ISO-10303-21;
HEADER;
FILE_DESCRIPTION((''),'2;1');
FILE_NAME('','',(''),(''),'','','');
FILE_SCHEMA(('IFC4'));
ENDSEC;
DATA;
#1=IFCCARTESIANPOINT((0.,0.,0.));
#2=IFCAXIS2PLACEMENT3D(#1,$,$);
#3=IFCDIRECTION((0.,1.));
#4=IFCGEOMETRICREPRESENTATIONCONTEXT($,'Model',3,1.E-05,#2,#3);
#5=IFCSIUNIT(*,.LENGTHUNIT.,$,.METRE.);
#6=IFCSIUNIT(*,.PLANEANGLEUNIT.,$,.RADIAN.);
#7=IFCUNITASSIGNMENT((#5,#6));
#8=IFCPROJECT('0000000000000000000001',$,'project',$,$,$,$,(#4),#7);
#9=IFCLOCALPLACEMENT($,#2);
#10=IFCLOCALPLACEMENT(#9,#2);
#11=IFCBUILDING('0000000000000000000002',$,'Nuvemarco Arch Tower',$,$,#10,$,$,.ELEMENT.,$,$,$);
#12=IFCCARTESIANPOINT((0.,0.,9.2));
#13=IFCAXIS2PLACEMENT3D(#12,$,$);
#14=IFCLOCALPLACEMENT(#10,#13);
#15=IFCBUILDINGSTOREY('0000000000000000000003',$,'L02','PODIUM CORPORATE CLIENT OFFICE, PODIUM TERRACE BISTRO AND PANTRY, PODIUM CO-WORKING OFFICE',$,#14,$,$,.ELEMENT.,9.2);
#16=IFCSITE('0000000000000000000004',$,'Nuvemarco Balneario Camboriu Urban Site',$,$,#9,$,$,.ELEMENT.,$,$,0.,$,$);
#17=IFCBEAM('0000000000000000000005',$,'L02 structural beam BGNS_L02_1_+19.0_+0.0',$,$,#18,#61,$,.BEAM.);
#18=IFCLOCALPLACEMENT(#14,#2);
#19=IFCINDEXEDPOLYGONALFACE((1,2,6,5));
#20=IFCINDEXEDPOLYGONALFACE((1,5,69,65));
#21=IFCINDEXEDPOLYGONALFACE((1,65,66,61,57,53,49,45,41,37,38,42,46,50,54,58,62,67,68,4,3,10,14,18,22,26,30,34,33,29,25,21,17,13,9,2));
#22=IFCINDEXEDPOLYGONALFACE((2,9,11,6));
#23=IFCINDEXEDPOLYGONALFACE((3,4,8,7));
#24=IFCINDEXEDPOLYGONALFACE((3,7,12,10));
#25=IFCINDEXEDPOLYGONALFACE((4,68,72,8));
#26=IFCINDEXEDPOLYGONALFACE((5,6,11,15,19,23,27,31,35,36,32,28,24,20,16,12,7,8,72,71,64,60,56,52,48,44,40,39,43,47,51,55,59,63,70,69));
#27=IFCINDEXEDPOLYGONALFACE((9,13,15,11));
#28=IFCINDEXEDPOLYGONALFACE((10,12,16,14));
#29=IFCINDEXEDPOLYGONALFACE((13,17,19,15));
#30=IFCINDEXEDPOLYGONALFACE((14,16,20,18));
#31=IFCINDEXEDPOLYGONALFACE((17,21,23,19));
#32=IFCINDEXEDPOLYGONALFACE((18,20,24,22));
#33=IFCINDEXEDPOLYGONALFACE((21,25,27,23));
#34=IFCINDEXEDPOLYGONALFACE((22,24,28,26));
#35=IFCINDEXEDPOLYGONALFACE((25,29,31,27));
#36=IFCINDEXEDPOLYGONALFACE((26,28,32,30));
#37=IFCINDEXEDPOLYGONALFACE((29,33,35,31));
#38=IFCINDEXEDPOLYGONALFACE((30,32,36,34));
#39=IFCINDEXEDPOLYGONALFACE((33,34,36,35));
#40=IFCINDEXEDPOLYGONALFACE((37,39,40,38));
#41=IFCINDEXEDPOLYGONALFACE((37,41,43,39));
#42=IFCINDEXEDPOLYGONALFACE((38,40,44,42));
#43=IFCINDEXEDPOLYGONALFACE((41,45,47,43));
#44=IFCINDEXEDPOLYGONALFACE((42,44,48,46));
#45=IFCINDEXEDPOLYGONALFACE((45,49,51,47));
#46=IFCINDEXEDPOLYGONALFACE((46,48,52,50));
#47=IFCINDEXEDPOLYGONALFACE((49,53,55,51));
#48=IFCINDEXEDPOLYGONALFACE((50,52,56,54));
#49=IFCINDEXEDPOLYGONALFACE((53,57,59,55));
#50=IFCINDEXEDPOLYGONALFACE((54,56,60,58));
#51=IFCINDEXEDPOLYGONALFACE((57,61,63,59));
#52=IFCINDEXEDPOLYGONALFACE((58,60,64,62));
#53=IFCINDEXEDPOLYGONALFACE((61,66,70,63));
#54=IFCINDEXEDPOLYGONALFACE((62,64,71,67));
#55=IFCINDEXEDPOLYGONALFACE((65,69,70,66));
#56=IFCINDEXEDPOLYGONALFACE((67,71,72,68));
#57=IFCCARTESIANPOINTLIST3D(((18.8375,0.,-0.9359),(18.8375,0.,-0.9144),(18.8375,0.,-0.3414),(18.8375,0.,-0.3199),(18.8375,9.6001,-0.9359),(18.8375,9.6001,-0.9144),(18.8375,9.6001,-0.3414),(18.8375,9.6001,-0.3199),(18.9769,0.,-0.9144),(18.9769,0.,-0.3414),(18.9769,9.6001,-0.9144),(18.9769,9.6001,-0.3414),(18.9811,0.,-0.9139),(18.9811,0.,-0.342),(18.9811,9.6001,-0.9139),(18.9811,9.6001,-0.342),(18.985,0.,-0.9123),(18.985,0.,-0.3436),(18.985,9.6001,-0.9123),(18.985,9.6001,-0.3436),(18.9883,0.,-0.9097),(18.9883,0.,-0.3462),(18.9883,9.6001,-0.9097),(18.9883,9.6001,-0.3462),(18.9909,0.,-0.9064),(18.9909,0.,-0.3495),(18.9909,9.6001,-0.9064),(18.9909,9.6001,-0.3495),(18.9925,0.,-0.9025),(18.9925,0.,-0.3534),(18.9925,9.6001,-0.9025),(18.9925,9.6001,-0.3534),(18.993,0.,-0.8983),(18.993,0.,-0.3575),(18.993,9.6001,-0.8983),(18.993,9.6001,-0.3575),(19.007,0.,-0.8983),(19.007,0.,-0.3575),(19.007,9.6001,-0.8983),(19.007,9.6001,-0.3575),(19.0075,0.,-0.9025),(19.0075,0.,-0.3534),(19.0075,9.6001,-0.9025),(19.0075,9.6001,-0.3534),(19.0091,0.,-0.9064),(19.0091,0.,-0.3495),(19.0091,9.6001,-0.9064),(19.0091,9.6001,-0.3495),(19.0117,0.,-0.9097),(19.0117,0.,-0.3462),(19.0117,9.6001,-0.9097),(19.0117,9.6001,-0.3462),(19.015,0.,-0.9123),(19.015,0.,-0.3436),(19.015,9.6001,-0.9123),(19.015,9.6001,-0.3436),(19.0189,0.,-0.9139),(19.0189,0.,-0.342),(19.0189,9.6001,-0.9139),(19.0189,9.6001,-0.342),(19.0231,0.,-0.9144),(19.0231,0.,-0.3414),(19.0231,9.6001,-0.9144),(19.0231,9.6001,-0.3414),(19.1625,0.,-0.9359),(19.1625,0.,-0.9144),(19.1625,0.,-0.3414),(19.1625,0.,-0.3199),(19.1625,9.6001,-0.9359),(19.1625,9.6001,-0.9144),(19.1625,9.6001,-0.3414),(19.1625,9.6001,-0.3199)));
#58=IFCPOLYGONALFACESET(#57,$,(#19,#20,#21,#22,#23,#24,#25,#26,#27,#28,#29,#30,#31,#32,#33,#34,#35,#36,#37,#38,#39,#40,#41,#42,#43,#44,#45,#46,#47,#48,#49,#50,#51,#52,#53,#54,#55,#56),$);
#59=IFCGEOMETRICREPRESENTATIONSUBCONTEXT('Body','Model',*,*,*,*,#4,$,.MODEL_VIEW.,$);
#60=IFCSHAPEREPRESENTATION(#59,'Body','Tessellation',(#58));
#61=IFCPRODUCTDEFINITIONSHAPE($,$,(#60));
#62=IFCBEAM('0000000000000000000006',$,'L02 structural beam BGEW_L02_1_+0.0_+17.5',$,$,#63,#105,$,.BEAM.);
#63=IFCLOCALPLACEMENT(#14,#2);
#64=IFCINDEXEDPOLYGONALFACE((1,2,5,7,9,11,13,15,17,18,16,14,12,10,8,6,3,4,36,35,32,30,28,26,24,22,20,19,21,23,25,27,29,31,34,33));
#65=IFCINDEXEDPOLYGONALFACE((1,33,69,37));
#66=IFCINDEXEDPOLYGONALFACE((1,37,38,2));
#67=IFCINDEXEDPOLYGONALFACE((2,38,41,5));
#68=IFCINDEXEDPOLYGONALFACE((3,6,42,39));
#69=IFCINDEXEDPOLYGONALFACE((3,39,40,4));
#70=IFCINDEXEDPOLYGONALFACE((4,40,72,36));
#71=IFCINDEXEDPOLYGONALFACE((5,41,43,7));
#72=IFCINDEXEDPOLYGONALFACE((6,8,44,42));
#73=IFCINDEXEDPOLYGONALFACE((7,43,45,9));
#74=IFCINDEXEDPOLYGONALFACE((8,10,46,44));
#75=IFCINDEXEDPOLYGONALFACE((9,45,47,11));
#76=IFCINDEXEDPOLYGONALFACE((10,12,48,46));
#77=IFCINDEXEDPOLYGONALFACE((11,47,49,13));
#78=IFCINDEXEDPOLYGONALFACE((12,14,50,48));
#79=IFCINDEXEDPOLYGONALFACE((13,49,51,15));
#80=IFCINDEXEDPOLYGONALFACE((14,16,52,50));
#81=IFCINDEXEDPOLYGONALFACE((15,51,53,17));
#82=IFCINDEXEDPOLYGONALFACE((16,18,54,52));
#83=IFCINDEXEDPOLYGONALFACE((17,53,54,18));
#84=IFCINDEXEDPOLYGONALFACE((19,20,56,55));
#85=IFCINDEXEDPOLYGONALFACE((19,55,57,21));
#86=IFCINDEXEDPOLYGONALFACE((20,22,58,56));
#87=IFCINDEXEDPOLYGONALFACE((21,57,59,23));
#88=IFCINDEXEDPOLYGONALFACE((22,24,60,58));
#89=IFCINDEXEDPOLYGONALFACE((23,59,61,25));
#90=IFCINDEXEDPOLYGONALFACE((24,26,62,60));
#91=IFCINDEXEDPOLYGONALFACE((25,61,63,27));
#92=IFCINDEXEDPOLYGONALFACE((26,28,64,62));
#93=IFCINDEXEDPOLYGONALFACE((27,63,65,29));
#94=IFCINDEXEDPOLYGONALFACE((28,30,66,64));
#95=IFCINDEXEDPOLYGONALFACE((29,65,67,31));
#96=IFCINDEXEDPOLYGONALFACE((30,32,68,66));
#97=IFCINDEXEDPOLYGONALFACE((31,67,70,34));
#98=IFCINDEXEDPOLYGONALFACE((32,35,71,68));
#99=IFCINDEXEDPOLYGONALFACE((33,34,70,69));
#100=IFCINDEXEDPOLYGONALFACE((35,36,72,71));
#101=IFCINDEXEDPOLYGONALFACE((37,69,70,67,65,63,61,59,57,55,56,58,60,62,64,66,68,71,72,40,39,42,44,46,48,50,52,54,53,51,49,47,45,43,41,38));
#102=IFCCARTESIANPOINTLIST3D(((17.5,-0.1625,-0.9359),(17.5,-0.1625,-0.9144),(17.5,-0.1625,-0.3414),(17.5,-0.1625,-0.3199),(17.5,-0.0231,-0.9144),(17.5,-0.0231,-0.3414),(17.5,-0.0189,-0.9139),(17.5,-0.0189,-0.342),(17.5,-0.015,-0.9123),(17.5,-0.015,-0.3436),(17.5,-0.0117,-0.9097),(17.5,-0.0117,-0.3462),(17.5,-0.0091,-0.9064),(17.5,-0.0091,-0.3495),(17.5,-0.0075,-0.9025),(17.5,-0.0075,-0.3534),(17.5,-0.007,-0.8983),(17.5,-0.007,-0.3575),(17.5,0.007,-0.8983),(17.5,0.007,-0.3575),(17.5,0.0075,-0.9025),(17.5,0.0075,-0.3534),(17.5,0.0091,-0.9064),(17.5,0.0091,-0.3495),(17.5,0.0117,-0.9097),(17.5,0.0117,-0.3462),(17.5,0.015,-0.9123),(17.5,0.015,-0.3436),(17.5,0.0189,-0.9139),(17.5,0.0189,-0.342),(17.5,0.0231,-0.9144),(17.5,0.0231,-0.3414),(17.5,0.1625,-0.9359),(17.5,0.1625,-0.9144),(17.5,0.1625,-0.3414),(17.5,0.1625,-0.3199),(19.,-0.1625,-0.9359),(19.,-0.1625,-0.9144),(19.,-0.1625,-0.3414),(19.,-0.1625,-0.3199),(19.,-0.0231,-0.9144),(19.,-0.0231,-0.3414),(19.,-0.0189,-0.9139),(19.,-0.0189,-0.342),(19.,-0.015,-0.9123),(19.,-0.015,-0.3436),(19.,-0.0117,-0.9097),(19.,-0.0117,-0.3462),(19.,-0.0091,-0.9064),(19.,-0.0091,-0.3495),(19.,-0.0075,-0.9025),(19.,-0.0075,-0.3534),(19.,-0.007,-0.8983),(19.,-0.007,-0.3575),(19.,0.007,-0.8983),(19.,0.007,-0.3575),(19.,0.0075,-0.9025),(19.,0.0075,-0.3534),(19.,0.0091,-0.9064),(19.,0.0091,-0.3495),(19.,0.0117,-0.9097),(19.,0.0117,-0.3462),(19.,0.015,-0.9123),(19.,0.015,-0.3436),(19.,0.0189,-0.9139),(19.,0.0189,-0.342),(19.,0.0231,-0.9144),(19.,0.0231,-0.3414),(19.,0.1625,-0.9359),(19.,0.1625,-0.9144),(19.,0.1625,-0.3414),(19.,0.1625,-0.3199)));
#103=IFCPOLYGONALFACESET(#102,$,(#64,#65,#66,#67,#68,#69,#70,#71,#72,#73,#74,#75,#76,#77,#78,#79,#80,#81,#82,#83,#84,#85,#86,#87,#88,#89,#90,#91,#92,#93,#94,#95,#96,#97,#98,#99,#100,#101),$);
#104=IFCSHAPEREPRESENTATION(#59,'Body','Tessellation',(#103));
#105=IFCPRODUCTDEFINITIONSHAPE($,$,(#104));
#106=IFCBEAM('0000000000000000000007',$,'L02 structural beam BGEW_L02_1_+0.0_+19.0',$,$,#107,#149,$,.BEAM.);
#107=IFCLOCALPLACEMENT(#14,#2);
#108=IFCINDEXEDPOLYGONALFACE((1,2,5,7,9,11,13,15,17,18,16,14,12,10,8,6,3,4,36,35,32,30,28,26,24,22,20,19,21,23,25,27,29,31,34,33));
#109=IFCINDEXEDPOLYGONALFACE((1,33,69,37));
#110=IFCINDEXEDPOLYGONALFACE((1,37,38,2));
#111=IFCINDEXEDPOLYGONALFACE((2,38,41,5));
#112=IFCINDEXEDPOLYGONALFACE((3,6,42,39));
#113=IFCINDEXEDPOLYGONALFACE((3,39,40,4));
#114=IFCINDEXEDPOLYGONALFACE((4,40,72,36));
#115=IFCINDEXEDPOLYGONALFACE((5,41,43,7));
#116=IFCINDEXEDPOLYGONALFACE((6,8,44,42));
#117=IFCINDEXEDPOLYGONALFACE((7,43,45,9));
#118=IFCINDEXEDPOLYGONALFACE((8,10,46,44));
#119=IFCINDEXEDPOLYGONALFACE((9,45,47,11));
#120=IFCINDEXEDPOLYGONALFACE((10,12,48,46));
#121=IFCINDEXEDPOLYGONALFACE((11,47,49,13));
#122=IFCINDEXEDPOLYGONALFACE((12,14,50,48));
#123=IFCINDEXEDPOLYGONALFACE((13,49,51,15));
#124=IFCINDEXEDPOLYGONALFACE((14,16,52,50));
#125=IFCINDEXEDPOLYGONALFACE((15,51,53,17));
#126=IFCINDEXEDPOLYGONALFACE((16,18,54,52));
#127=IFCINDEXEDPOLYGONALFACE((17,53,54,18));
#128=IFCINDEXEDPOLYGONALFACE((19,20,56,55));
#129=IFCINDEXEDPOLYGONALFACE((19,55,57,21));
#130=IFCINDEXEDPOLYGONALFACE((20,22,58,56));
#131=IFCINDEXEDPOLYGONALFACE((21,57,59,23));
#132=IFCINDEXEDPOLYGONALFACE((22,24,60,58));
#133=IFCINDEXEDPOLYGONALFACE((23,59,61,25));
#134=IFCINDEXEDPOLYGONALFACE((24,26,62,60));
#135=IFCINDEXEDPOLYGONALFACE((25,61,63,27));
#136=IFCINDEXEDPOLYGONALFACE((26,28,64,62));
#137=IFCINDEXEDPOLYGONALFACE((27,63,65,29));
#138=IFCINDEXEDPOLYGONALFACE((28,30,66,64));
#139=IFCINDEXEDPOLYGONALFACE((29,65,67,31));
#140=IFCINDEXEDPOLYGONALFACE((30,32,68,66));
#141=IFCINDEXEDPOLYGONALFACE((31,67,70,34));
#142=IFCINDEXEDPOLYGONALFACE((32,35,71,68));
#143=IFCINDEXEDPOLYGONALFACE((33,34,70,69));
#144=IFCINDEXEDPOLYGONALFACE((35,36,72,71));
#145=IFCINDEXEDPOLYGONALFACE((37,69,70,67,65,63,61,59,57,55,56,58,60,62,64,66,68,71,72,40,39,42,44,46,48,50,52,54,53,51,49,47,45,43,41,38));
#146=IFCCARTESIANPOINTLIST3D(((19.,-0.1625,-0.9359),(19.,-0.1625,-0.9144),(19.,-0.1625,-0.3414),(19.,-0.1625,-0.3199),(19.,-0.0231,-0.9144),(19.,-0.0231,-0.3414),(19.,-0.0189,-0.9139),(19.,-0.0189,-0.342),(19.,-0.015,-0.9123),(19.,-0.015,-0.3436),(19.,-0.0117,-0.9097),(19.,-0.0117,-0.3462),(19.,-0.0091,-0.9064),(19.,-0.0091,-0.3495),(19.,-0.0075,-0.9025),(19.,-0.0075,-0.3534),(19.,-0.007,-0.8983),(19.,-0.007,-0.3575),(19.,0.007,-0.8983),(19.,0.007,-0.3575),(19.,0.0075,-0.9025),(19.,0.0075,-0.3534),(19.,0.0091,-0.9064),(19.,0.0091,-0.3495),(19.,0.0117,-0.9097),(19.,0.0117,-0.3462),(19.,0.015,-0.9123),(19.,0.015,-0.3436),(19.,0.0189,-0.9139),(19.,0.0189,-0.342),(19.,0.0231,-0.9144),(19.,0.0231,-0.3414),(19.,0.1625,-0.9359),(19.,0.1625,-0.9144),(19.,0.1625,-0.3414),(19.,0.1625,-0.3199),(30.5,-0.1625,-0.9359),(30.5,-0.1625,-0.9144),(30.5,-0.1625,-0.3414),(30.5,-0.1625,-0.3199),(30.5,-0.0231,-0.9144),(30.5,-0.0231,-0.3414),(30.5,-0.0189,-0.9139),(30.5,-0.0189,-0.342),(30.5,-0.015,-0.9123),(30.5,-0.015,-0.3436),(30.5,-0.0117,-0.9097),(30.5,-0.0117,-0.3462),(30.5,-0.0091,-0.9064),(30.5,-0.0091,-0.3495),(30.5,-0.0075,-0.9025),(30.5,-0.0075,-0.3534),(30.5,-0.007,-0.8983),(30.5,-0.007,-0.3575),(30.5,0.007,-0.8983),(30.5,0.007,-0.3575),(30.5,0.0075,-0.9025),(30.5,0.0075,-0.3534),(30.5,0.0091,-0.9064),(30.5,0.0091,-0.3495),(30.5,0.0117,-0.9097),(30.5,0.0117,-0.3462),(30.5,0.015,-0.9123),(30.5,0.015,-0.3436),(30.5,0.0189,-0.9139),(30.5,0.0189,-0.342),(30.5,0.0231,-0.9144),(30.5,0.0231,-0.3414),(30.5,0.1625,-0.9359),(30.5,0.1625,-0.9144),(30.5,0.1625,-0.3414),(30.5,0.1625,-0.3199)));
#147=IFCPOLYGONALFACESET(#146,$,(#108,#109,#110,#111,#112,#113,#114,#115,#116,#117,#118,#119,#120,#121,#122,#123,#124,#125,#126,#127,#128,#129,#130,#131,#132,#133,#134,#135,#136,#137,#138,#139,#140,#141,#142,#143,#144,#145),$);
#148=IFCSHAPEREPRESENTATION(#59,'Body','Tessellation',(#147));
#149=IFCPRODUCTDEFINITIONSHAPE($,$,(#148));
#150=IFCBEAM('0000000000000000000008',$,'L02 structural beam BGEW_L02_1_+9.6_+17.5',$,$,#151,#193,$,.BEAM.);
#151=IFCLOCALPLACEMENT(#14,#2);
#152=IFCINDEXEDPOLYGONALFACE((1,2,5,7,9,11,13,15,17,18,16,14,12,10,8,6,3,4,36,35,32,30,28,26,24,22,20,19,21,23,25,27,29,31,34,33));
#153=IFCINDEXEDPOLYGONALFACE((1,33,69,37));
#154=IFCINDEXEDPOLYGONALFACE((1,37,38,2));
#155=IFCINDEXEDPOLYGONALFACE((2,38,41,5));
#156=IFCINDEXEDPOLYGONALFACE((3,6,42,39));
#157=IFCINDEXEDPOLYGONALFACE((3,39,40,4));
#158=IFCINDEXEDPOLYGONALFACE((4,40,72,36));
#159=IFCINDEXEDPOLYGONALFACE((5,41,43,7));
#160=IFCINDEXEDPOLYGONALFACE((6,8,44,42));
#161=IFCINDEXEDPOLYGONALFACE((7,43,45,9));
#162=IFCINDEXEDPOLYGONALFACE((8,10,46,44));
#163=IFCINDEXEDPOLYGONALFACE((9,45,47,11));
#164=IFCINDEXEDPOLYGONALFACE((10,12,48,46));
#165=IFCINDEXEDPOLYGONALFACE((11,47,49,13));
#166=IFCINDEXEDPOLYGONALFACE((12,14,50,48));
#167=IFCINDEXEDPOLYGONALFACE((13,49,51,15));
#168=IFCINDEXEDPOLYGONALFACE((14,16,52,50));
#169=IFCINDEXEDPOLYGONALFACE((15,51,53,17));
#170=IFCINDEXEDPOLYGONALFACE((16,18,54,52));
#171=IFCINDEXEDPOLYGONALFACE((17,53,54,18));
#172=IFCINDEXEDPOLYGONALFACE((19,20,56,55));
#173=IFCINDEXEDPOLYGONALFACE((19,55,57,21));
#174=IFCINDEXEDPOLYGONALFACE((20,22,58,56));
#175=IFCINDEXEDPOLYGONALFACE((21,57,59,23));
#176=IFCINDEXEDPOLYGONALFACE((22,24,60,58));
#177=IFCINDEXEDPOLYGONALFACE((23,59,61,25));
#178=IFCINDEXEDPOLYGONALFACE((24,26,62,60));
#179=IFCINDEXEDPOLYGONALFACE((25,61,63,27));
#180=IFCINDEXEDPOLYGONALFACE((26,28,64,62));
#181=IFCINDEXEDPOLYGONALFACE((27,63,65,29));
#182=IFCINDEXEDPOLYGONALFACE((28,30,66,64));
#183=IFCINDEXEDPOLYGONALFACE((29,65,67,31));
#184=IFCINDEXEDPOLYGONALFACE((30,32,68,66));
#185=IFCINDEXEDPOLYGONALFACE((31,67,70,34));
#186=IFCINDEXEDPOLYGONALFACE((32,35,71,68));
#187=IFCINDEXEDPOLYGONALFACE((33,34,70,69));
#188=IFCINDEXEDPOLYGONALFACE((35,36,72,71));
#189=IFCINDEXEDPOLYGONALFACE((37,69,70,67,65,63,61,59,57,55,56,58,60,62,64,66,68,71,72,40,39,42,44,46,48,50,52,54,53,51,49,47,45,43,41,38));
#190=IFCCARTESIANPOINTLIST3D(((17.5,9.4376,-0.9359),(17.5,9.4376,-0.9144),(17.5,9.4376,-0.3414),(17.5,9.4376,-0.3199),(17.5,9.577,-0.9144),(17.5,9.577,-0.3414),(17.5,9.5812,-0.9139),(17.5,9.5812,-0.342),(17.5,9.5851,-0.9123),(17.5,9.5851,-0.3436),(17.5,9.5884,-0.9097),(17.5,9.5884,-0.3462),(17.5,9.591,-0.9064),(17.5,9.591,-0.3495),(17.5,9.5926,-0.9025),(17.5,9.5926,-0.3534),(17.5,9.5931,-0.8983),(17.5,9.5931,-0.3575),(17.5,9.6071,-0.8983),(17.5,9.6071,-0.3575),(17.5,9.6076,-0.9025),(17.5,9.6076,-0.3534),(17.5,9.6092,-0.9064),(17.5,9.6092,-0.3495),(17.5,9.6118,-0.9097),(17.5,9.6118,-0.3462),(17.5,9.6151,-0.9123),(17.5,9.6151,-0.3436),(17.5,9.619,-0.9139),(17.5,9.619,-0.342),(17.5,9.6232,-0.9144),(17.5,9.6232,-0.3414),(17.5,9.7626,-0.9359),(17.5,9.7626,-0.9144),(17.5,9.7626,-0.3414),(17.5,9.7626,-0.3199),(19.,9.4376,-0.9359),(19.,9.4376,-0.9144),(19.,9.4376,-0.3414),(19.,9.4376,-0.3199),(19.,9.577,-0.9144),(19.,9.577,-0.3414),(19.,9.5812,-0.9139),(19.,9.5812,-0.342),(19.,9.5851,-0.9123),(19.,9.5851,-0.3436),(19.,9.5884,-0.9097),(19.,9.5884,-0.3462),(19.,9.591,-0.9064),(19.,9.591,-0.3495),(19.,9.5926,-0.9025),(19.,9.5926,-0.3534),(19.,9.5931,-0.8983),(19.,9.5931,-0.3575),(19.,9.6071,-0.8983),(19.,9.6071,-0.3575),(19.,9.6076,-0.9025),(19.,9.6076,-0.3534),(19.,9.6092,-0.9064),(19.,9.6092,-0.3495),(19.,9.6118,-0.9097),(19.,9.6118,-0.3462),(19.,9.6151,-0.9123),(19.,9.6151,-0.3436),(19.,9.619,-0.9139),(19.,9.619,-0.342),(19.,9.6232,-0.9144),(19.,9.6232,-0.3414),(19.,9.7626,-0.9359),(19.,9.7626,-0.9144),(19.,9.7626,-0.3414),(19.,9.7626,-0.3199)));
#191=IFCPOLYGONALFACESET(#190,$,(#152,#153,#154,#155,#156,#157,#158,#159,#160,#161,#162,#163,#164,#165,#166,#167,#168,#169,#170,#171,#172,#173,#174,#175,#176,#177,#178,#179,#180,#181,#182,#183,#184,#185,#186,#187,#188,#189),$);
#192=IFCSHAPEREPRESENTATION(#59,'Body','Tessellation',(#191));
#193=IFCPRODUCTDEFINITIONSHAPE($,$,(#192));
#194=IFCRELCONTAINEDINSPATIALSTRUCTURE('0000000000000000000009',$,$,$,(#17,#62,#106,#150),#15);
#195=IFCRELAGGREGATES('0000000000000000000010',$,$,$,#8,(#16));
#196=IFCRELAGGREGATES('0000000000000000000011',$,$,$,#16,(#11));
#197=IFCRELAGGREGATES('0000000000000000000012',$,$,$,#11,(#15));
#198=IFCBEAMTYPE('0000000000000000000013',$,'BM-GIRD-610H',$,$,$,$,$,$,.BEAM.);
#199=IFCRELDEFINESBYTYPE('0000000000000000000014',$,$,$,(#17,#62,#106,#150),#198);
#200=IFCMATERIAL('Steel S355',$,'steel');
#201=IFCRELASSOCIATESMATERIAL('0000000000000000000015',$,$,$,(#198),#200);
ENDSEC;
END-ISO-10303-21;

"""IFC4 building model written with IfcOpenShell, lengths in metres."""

from ifc_helpers import new_model, si_unit, direction, frame, origin, origin_2d, place, context, subcontext, project, spatial, i_section, extrude, material, material_profile, profile_set, type_object, element, save


model = new_model("IFC4")

# Units and contexts
model_context = context("Model", 3, precision=1e-05, world=origin(), true_north=direction((0.0, 1.0)))
body_context = subcontext(model_context, "Body", "Model", "MODEL_VIEW")
ifc_project = project(units=[si_unit("LENGTHUNIT", "METRE"), si_unit("PLANEANGLEUNIT", "RADIAN")], contexts=[model_context])

# Site, building, storey
site_placement = place(None, origin())
site = spatial("IfcSite", under=ifc_project, at=site_placement, Name="Nuvemarco Balneario Camboriu Urban Site", CompositionType="ELEMENT", RefElevation=0.0)
building_placement = place(site_placement, origin())
building = spatial("IfcBuilding", under=site, at=building_placement, Name="Nuvemarco Arch Tower", CompositionType="ELEMENT")
storey_placement = place(building_placement, frame((0.0, 0.0, 9.2)))
storey = spatial("IfcBuildingStorey", under=building, at=storey_placement, Name="L02", Description="PODIUM CORPORATE CLIENT OFFICE, PODIUM TERRACE BISTRO AND PANTRY, PODIUM CO-WORKING OFFICE", CompositionType="ELEMENT", Elevation=9.2)

# Beams
ifc_material_1 = material(Name="Steel S355", Category="steel")
ifc_material_profile_1 = material_profile(ifc_material_1, i_section(OverallWidth=0.325, OverallDepth=0.616, WebThickness=0.0139, FlangeThickness=0.0215, FilletRadius=0.0161, at=origin_2d()), Name="W610x174")
ifc_profile_set_1 = profile_set([ifc_material_profile_1], Name="Steel S355")
beam_type_1 = type_object("IfcBeamType", Name="BM-GIRD-610H", PredefinedType="BEAM", material=ifc_profile_set_1)
beam_1_placement = place(storey_placement, frame((19.0, 0.0, -0.6279), z_axis=(0.0, 1.0, 0.0), x_axis=(-1.0, 0.0, 0.0)))
element("IfcBeam", 1, at=beam_1_placement, inside=storey, type_object=beam_type_1, Name="L02 structural beam BGNS_L02_1_+19.0_+0.0", PredefinedType="BEAM", context=body_context, shape_type="SweptSolid", body=[
    extrude(i_section(OverallWidth=0.325, OverallDepth=0.616, WebThickness=0.0139, FlangeThickness=0.0215, FilletRadius=0.0161, at=origin_2d()), origin(), (0.0, 0.0, 1.0), 9.6001),
])
beam_2_placement = place(storey_placement, frame((17.5, 0.0, -0.6279), z_axis=(1.0, 0.0, 0.0), x_axis=(0.0, 1.0, 0.0)))
element("IfcBeam", 2, at=beam_2_placement, inside=storey, type_object=beam_type_1, Name="L02 structural beam BGEW_L02_1_+0.0_+17.5", PredefinedType="BEAM", context=body_context, shape_type="SweptSolid", body=[
    extrude(i_section(OverallWidth=0.325, OverallDepth=0.616, WebThickness=0.0139, FlangeThickness=0.0215, FilletRadius=0.0161, at=origin_2d()), origin(), (0.0, 0.0, 1.0), 1.5),
])
beam_3_placement = place(storey_placement, frame((19.0, 0.0, -0.6279), z_axis=(1.0, 0.0, 0.0), x_axis=(0.0, 1.0, 0.0)))
element("IfcBeam", 3, at=beam_3_placement, inside=storey, type_object=beam_type_1, Name="L02 structural beam BGEW_L02_1_+0.0_+19.0", PredefinedType="BEAM", context=body_context, shape_type="SweptSolid", body=[
    extrude(i_section(OverallWidth=0.325, OverallDepth=0.616, WebThickness=0.0139, FlangeThickness=0.0215, FilletRadius=0.0161, at=origin_2d()), origin(), (0.0, 0.0, 1.0), 11.5),
])
beam_4_placement = place(storey_placement, frame((17.5, 9.6001, -0.6279), z_axis=(1.0, 0.0, 0.0), x_axis=(0.0, 1.0, 0.0)))
element("IfcBeam", 4, at=beam_4_placement, inside=storey, type_object=beam_type_1, Name="L02 structural beam BGEW_L02_1_+9.6_+17.5", PredefinedType="BEAM", context=body_context, shape_type="SweptSolid", body=[
    extrude(i_section(OverallWidth=0.325, OverallDepth=0.616, WebThickness=0.0139, FlangeThickness=0.0215, FilletRadius=0.0161, at=origin_2d()), origin(), (0.0, 0.0, 1.0), 1.5),
])

save(model, "model.ifc")
